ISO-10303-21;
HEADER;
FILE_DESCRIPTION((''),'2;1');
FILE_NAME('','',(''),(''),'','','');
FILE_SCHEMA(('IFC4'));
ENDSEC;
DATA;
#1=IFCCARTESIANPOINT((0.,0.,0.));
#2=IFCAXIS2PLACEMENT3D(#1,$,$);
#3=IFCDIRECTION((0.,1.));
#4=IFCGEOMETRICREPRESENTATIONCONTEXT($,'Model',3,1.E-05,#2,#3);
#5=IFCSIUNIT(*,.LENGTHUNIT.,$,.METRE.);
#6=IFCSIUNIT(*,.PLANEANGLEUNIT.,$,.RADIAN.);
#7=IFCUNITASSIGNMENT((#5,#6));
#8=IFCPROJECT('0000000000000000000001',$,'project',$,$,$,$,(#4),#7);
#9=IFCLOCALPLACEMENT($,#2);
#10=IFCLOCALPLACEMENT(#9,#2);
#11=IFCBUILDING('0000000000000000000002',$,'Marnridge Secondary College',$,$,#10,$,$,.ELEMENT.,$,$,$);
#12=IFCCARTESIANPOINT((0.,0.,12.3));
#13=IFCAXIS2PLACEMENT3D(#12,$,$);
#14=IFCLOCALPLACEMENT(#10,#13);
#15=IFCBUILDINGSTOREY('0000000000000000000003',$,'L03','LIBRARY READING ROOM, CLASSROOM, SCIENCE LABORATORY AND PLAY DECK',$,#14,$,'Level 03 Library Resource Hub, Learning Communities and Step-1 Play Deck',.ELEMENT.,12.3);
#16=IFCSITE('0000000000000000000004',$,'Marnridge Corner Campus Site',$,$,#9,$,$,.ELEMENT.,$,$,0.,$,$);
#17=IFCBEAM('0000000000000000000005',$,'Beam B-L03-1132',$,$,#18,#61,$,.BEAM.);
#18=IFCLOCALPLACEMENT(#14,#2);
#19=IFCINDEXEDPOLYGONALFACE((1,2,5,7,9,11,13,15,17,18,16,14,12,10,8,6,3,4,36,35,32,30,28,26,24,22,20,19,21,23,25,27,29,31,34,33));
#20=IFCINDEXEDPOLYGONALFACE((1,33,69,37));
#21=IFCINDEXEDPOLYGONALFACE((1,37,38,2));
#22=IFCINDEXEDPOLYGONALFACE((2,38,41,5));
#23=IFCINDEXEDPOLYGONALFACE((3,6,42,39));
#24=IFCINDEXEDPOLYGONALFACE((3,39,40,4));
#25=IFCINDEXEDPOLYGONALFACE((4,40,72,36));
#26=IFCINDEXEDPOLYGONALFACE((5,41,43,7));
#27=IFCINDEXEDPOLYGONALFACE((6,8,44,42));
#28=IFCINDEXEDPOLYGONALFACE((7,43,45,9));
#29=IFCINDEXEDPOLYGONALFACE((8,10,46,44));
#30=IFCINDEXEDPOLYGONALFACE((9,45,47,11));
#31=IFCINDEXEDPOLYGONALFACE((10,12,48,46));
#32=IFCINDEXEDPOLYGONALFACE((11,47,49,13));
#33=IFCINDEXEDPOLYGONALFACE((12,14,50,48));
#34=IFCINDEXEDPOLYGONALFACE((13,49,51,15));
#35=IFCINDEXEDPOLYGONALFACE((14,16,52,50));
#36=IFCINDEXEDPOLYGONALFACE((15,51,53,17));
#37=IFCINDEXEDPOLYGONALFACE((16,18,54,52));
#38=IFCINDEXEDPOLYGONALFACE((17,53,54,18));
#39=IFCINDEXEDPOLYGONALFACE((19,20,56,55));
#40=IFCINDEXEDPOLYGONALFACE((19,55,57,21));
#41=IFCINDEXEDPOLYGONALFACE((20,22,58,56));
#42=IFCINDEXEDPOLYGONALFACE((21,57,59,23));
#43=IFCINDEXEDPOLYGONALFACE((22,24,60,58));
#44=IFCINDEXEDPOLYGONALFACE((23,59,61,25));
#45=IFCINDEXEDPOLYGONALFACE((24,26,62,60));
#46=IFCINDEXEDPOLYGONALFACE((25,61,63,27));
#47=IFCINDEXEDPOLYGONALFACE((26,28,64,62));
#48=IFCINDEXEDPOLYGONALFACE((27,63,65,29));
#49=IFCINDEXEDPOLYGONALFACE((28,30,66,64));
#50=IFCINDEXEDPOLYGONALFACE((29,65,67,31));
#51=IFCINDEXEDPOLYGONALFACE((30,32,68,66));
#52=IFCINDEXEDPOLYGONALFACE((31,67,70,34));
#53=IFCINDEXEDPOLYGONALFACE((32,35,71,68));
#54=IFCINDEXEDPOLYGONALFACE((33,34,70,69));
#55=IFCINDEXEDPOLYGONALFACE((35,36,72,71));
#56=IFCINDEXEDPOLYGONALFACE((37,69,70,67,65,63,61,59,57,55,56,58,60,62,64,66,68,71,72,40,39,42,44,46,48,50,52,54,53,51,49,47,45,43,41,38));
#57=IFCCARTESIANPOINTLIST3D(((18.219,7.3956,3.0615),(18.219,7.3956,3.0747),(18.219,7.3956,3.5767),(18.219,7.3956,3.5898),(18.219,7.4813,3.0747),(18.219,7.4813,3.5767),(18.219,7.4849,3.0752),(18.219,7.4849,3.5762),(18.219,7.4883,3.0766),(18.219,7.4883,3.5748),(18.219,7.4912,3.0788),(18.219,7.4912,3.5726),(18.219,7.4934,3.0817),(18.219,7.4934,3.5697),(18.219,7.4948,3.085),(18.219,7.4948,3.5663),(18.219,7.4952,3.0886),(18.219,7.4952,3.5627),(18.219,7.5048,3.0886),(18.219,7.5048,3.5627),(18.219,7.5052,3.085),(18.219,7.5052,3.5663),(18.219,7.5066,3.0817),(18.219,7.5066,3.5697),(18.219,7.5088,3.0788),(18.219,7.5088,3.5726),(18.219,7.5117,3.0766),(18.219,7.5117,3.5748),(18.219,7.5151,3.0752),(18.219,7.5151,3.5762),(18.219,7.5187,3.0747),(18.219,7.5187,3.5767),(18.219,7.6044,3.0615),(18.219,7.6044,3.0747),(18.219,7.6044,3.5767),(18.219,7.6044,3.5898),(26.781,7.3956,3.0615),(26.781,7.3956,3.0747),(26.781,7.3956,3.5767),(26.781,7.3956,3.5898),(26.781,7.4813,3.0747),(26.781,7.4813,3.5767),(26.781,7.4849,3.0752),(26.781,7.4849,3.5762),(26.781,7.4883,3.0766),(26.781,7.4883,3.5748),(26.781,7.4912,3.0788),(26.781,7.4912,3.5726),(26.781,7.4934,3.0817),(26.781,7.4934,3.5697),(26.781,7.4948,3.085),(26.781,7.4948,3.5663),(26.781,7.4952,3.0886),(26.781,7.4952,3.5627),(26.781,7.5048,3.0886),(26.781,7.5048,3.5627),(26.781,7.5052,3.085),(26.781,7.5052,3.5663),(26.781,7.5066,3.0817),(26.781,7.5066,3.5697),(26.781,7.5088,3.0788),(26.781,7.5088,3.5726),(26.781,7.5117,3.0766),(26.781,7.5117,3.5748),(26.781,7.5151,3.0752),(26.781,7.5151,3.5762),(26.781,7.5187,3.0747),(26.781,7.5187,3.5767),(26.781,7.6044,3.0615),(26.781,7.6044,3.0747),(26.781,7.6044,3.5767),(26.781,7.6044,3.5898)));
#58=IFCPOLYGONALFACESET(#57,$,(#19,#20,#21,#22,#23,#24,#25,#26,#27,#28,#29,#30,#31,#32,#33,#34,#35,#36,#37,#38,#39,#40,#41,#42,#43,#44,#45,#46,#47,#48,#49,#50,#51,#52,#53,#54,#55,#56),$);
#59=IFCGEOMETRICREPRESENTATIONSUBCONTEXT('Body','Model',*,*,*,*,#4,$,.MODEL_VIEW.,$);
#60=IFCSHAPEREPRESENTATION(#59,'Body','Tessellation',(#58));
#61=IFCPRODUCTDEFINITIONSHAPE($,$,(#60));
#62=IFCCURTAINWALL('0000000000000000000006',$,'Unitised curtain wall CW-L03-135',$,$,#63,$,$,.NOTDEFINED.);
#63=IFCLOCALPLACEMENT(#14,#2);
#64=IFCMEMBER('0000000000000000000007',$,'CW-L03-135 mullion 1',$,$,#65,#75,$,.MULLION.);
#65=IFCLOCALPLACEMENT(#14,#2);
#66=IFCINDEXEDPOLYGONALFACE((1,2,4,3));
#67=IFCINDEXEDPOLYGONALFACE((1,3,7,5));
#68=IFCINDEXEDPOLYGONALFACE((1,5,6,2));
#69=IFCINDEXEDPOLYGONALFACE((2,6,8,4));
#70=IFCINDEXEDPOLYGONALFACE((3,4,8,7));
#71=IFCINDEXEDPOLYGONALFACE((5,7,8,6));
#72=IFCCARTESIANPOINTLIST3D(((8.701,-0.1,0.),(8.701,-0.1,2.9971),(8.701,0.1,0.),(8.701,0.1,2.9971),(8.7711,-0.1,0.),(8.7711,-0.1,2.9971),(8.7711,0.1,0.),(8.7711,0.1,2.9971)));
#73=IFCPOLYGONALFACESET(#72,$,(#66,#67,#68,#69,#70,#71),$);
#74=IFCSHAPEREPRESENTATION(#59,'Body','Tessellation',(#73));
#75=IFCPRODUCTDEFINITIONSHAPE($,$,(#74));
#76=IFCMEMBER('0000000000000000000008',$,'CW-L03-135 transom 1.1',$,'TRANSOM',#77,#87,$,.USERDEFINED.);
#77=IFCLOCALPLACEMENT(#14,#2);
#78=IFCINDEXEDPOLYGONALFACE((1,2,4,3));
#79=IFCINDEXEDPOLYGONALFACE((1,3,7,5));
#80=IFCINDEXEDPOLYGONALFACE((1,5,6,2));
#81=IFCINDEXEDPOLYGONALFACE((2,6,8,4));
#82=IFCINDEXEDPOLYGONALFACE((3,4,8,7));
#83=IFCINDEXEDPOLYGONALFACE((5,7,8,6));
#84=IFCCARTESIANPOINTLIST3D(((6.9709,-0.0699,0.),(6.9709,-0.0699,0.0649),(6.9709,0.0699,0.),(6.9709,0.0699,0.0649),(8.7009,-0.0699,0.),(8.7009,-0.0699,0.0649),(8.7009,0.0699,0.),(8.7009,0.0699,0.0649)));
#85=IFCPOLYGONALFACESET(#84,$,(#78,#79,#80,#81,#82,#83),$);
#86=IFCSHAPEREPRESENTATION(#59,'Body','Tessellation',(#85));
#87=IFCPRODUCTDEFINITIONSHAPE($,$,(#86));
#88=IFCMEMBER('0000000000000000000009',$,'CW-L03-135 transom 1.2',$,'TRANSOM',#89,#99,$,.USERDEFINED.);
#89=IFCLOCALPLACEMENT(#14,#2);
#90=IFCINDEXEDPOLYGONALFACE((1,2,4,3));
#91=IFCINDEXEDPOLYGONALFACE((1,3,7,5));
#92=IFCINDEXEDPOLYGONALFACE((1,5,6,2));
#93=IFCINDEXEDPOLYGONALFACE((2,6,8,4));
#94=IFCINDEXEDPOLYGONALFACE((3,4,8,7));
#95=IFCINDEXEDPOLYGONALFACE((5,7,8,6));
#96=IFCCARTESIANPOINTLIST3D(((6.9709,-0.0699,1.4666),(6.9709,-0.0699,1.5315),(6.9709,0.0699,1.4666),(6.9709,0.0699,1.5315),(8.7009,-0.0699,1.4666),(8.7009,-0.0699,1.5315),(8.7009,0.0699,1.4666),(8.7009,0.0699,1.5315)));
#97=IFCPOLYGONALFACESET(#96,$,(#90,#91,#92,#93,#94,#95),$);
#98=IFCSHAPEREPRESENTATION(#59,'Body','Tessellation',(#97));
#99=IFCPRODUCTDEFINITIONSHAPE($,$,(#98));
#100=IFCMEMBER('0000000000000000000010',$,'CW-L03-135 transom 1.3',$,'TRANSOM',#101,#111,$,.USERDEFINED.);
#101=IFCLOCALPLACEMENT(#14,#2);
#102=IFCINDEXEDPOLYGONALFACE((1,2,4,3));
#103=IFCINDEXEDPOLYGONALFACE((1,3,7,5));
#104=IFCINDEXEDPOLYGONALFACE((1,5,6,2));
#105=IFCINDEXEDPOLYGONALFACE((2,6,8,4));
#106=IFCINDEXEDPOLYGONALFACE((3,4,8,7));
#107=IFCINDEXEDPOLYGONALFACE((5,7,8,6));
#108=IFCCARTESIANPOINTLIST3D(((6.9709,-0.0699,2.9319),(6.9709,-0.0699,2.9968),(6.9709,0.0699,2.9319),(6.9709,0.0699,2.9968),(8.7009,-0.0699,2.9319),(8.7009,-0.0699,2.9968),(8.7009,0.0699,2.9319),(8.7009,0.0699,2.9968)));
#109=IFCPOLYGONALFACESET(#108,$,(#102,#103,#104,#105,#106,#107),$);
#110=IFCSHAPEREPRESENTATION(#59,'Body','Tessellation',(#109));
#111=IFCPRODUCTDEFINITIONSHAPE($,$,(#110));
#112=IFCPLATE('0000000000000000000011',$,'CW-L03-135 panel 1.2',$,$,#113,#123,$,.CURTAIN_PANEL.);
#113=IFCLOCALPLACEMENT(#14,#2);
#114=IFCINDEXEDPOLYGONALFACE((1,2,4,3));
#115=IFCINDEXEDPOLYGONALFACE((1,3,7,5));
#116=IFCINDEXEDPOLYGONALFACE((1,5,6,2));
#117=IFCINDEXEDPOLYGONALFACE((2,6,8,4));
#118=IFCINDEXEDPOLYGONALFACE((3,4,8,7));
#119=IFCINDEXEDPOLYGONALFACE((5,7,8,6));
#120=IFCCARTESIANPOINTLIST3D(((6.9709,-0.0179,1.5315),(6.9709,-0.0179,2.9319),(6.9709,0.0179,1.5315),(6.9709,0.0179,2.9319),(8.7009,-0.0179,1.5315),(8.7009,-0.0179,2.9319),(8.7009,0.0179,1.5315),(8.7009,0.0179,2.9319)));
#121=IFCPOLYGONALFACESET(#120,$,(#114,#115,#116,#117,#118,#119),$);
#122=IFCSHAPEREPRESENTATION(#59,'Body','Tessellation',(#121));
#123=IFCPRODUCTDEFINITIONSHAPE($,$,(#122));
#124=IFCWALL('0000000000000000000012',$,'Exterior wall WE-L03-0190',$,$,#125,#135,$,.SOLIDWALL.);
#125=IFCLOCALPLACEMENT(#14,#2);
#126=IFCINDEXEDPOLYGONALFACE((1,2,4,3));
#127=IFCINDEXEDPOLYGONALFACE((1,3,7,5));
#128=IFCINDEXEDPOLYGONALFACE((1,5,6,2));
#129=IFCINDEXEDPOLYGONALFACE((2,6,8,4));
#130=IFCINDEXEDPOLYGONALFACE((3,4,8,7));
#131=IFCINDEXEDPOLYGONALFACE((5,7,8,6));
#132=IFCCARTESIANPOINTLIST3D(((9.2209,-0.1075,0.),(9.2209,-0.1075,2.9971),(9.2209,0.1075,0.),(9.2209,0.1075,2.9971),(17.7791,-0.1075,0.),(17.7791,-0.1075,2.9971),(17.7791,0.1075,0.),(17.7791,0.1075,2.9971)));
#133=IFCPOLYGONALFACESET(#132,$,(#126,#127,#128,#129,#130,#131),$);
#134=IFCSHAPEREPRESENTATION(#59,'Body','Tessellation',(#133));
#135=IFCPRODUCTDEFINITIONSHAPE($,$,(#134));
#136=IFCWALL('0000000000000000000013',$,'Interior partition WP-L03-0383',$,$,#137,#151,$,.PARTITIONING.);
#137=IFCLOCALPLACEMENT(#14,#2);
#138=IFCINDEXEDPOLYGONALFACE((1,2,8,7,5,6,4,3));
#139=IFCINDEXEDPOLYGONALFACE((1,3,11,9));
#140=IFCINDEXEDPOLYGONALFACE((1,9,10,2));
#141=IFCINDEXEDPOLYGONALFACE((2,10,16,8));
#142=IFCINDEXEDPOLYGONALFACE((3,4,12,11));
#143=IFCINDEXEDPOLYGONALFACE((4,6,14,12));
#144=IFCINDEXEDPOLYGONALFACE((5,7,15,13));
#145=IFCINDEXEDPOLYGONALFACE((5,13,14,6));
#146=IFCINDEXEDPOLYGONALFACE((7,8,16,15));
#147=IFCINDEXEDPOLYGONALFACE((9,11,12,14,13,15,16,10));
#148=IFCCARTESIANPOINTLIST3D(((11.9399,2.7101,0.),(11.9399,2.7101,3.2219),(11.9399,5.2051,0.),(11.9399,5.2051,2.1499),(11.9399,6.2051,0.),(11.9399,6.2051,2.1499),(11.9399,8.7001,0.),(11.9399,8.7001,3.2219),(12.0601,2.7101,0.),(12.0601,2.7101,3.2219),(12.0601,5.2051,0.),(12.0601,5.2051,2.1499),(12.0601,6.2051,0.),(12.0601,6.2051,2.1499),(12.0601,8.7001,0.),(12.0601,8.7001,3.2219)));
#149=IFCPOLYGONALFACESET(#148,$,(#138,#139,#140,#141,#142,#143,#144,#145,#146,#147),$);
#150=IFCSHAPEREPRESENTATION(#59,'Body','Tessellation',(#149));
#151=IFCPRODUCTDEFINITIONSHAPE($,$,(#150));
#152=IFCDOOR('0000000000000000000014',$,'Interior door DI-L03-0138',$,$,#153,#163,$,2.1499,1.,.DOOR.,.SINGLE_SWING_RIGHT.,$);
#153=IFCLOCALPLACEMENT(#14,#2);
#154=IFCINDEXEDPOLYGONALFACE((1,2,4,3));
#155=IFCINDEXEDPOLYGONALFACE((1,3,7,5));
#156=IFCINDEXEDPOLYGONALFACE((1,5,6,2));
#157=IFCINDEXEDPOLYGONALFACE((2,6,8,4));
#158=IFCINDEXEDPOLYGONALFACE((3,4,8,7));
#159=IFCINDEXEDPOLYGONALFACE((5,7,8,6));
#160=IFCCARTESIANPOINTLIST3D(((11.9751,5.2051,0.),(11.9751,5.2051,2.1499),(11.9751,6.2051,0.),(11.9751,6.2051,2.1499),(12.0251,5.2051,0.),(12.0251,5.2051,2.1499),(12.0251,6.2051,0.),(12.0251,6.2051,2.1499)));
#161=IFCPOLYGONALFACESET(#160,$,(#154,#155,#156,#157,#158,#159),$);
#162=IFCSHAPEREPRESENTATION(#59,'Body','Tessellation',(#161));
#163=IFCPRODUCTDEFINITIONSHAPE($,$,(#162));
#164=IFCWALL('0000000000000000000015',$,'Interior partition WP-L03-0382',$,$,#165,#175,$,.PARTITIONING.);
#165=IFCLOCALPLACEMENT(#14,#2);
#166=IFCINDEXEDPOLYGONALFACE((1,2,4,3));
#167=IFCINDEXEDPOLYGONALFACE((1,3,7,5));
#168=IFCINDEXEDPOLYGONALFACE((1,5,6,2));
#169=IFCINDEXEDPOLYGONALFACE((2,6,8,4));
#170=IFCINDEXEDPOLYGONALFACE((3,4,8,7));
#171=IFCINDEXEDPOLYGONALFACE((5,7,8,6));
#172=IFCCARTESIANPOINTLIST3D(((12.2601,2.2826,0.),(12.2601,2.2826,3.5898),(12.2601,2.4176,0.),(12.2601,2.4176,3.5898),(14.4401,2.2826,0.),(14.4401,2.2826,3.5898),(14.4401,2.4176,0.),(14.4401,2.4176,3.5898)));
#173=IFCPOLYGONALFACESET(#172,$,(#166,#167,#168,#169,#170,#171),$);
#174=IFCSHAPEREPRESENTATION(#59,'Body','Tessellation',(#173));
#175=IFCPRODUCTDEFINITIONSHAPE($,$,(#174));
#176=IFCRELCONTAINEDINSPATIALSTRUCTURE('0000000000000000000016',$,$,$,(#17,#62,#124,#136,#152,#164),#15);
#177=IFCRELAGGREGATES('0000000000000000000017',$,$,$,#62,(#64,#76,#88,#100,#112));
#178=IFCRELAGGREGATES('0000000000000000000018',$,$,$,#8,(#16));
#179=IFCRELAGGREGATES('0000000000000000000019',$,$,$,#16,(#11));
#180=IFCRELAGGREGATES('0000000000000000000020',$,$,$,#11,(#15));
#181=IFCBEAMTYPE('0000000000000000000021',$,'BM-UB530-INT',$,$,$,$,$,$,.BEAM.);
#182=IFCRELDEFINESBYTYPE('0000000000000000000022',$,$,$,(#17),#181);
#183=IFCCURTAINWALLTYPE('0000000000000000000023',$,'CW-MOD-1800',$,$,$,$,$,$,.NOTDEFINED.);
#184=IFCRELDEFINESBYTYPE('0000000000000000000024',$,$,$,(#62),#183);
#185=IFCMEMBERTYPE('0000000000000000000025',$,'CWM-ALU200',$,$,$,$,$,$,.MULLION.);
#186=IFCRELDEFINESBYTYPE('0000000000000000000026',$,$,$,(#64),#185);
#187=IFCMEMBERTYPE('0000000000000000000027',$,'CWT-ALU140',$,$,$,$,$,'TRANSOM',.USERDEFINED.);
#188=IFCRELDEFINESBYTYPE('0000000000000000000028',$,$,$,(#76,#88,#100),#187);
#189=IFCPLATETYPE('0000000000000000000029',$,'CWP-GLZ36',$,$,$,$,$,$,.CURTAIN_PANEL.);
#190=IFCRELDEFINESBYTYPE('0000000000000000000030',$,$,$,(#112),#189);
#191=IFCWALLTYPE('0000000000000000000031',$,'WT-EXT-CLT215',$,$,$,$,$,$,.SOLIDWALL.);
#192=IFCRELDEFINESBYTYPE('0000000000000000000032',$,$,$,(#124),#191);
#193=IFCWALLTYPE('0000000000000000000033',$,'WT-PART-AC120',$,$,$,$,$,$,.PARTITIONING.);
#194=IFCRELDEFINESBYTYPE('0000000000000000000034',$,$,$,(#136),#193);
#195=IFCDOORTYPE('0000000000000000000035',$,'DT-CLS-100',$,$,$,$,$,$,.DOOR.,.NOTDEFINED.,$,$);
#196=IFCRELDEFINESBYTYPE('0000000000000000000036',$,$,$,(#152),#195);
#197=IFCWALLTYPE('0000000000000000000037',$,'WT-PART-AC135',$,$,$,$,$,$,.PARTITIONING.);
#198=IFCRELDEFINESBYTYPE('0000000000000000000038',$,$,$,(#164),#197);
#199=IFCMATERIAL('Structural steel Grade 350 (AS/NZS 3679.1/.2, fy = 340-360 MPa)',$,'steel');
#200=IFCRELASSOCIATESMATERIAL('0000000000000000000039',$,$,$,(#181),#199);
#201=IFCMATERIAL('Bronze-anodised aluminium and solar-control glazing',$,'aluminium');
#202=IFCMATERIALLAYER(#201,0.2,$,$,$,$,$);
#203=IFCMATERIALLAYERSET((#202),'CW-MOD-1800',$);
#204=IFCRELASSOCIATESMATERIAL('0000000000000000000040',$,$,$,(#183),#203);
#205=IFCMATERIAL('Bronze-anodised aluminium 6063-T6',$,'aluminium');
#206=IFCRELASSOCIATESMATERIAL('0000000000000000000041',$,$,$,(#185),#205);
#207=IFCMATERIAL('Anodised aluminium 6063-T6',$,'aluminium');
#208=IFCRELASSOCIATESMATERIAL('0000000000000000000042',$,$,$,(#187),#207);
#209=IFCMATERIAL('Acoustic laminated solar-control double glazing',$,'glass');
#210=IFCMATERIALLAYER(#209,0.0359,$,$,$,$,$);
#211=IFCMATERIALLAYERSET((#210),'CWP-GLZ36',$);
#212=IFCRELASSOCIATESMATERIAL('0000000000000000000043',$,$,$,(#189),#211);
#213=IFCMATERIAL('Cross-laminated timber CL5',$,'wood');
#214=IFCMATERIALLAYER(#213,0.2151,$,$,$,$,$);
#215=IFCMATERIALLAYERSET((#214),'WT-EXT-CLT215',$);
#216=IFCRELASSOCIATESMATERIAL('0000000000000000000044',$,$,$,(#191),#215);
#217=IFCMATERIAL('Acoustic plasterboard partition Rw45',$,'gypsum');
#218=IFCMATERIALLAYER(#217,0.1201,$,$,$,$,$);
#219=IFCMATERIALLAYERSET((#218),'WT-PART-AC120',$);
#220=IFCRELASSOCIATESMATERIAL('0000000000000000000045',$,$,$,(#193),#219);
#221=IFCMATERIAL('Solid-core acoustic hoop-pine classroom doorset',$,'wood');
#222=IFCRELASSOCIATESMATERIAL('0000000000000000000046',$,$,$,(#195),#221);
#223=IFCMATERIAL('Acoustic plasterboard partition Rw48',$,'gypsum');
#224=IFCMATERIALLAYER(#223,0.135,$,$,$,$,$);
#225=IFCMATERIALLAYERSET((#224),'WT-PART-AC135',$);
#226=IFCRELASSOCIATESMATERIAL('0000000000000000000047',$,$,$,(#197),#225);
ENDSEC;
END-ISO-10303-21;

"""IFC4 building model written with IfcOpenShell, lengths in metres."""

from ifc_helpers import new_model, si_unit, direction, frame, frame_2d, origin, origin_2d, place, context, subcontext, project, spatial, rectangle, i_section, extrude, material, layer, layer_set, material_profile, profile_set, type_object, element, fill, aggregate, save


model = new_model("IFC4")

# Units and contexts
model_context = context("Model", 3, precision=1e-05, world=origin(), true_north=direction((0.0, 1.0)))
body_context = subcontext(model_context, "Body", "Model", "MODEL_VIEW")
ifc_project = project(units=[si_unit("LENGTHUNIT", "METRE"), si_unit("PLANEANGLEUNIT", "RADIAN")], contexts=[model_context])

# Site, building, storey
site_placement = place(None, origin())
site = spatial("IfcSite", under=ifc_project, at=site_placement, Name="Marnridge Corner Campus Site", CompositionType="ELEMENT", RefElevation=0.0)
building_placement = place(site_placement, origin())
building = spatial("IfcBuilding", under=site, at=building_placement, Name="Marnridge Secondary College", CompositionType="ELEMENT")
storey_placement = place(building_placement, frame((0.0, 0.0, 12.3)))
storey = spatial("IfcBuildingStorey", under=building, at=storey_placement, Name="L03", Description="LIBRARY READING ROOM, CLASSROOM, SCIENCE LABORATORY AND PLAY DECK", LongName="Level 03 Library Resource Hub, Learning Communities and Step-1 Play Deck", CompositionType="ELEMENT", Elevation=12.3)

# Beam
ifc_material_1 = material(Name="Structural steel Grade 350 (AS/NZS 3679.1/.2, fy = 340-360 MPa)", Category="steel")
ifc_material_profile_1 = material_profile(ifc_material_1, i_section(OverallWidth=0.2087, OverallDepth=0.5283, WebThickness=0.0095, FlangeThickness=0.0132, FilletRadius=0.0139, at=origin_2d()), Name="530UB82.0")
ifc_profile_set_1 = profile_set([ifc_material_profile_1], Name="Structural steel Grade 350 (AS/NZS 3679.1/.2, fy = 340-360 MPa)")
beam_type_1 = type_object("IfcBeamType", Name="BM-UB530-INT", PredefinedType="BEAM", material=ifc_profile_set_1)
beam_1_placement = place(storey_placement, frame((18.219, 7.5, 3.3257), z_axis=(1.0, 0.0, 0.0), x_axis=(0.0, 1.0, 0.0)))
element("IfcBeam", 1, at=beam_1_placement, inside=storey, type_object=beam_type_1, Name="Beam B-L03-1132", PredefinedType="BEAM", context=body_context, shape_type="SweptSolid", body=[
    extrude(i_section(OverallWidth=0.2087, OverallDepth=0.5283, WebThickness=0.0095, FlangeThickness=0.0132, FilletRadius=0.0139, at=origin_2d()), origin(), (0.0, 0.0, 1.0), 8.562),
])

# Curtain wall, members, plate
ifc_material_2 = material(Name="Bronze-anodised aluminium and solar-control glazing", Category="aluminium")
ifc_layer_1 = layer(ifc_material_2, 0.2)
ifc_layer_set_1 = layer_set([ifc_layer_1], Name="CW-MOD-1800")
curtain_wall_type = type_object("IfcCurtainWallType", Name="CW-MOD-1800", PredefinedType="NOTDEFINED", material=ifc_layer_set_1)
curtain_wall_placement = place(storey_placement, origin())
curtain_wall = element("IfcCurtainWall", 2, at=curtain_wall_placement, inside=storey, type_object=curtain_wall_type, Name="Unitised curtain wall CW-L03-135", PredefinedType="NOTDEFINED")
ifc_material_3 = material(Name="Bronze-anodised aluminium 6063-T6", Category="aluminium")
ifc_material_profile_2 = material_profile(ifc_material_3, rectangle(XDim=0.0701, YDim=0.2, at=origin_2d()), Name="ALU 70x200")
ifc_profile_set_2 = profile_set([ifc_material_profile_2], Name="Bronze-anodised aluminium 6063-T6")
member_type_1 = type_object("IfcMemberType", Name="CWM-ALU200", PredefinedType="MULLION", material=ifc_profile_set_2)
member_1_placement = place(storey_placement, frame((8.7361, 0.0, 0.0), z_axis=(0.0, 0.0, 1.0), x_axis=(-1.0, 0.0, 0.0)))
member_1 = element("IfcMember", 3, at=member_1_placement, type_object=member_type_1, Name="CW-L03-135 mullion 1", PredefinedType="MULLION", context=body_context, shape_type="SweptSolid", body=[
    extrude(rectangle(XDim=0.0701, YDim=0.2, at=origin_2d()), origin(), (0.0, 0.0, 1.0), 2.9971),
])
ifc_material_4 = material(Name="Anodised aluminium 6063-T6", Category="aluminium")
ifc_material_profile_3 = material_profile(ifc_material_4, rectangle(XDim=0.0649, YDim=0.1399, at=origin_2d()), Name="ALU 65x140")
ifc_profile_set_3 = profile_set([ifc_material_profile_3], Name="Anodised aluminium 6063-T6")
member_type_2 = type_object("IfcMemberType", Name="CWT-ALU140", ElementType="TRANSOM", PredefinedType="USERDEFINED", material=ifc_profile_set_3)
member_2_placement = place(storey_placement, frame((8.7009, 0.0, 0.0325), z_axis=(-1.0, 0.0, 0.0), x_axis=(0.0, 0.0, 1.0)))
member_2 = element("IfcMember", 4, at=member_2_placement, type_object=member_type_2, Name="CW-L03-135 transom 1.1", ObjectType="TRANSOM", PredefinedType="USERDEFINED", context=body_context, shape_type="SweptSolid", body=[
    extrude(rectangle(XDim=0.0649, YDim=0.1399, at=origin_2d()), origin(), (0.0, 0.0, 1.0), 1.73),
])
member_3_placement = place(storey_placement, frame((8.7009, 0.0, 1.499), z_axis=(-1.0, 0.0, 0.0), x_axis=(0.0, 0.0, 1.0)))
member_3 = element("IfcMember", 5, at=member_3_placement, type_object=member_type_2, Name="CW-L03-135 transom 1.2", ObjectType="TRANSOM", PredefinedType="USERDEFINED", context=body_context, shape_type="SweptSolid", body=[
    extrude(rectangle(XDim=0.0649, YDim=0.1399, at=origin_2d()), origin(), (0.0, 0.0, 1.0), 1.73),
])
member_4_placement = place(storey_placement, frame((8.7009, 0.0, 2.9644), z_axis=(-1.0, 0.0, 0.0), x_axis=(0.0, 0.0, 1.0)))
member_4 = element("IfcMember", 6, at=member_4_placement, type_object=member_type_2, Name="CW-L03-135 transom 1.3", ObjectType="TRANSOM", PredefinedType="USERDEFINED", context=body_context, shape_type="SweptSolid", body=[
    extrude(rectangle(XDim=0.0649, YDim=0.1399, at=origin_2d()), origin(), (0.0, 0.0, 1.0), 1.73),
])
ifc_material_5 = material(Name="Acoustic laminated solar-control double glazing", Category="glass")
ifc_layer_2 = layer(ifc_material_5, 0.0359)
ifc_layer_set_2 = layer_set([ifc_layer_2], Name="CWP-GLZ36")
plate_type = type_object("IfcPlateType", Name="CWP-GLZ36", PredefinedType="CURTAIN_PANEL", material=ifc_layer_set_2)
plate_placement = place(storey_placement, frame((7.8359, 0.0, 1.5315), z_axis=(0.0, 0.0, 1.0), x_axis=(-1.0, 0.0, 0.0)))
plate = element("IfcPlate", 7, at=plate_placement, type_object=plate_type, Name="CW-L03-135 panel 1.2", PredefinedType="CURTAIN_PANEL", context=body_context, shape_type="SweptSolid", body=[
    extrude(rectangle(XDim=1.73, YDim=0.0359, at=origin_2d()), origin(), (0.0, 0.0, 1.0), 1.4004),
])
aggregate(curtain_wall, [member_1, member_2, member_3, member_4, plate])

# Wall
ifc_material_6 = material(Name="Cross-laminated timber CL5", Category="wood")
ifc_layer_3 = layer(ifc_material_6, 0.2151)
ifc_layer_set_3 = layer_set([ifc_layer_3], Name="WT-EXT-CLT215")
wall_type_1 = type_object("IfcWallType", Name="WT-EXT-CLT215", PredefinedType="SOLIDWALL", material=ifc_layer_set_3)
wall_1_placement = place(storey_placement, frame((17.7791, 0.0, 0.0), z_axis=(0.0, 0.0, 1.0), x_axis=(-1.0, 0.0, 0.0)))
element("IfcWall", 8, at=wall_1_placement, inside=storey, type_object=wall_type_1, Name="Exterior wall WE-L03-0190", PredefinedType="SOLIDWALL", context=body_context, shape_type="SweptSolid", body=[
    extrude(rectangle(XDim=8.5581, YDim=0.2151, at=frame_2d((4.2791, 0.0))), origin(), (0.0, 0.0, 1.0), 2.9971),
])

# Wall, opening, door
ifc_material_7 = material(Name="Acoustic plasterboard partition Rw45", Category="gypsum")
ifc_layer_4 = layer(ifc_material_7, 0.1201)
ifc_layer_set_4 = layer_set([ifc_layer_4], Name="WT-PART-AC120")
wall_type_2 = type_object("IfcWallType", Name="WT-PART-AC120", PredefinedType="PARTITIONING", material=ifc_layer_set_4)
wall_2_placement = place(storey_placement, frame((12.0, 2.71, 0.0), z_axis=(0.0, 0.0, 1.0), x_axis=(0.0, 1.0, 0.0)))
wall_2 = element("IfcWall", 9, at=wall_2_placement, inside=storey, type_object=wall_type_2, Name="Interior partition WP-L03-0383", PredefinedType="PARTITIONING", context=body_context, shape_type="SweptSolid", body=[
    extrude(rectangle(XDim=5.99, YDim=0.1201, at=frame_2d((2.9951, 0.0))), origin(), (0.0, 0.0, 1.0), 3.2219),
])
opening_1_placement = place(wall_2_placement, frame((2.4951, 0.0, 0.0)))
opening_1 = element("IfcOpeningElement", 10, at=opening_1_placement, cuts=wall_2, PredefinedType="OPENING", context=body_context, shape_type="SweptSolid", body=[
    extrude(rectangle(XDim=1.0, YDim=2.1499, at=frame_2d((0.5, 1.075))), frame((0.0, 0.0701, 0.0), z_axis=(0.0, -1.0, 0.0), x_axis=(1.0, 0.0, 0.0)), (0.0, 0.0, 1.0), 0.1401),
])
ifc_material_8 = material(Name="Solid-core acoustic hoop-pine classroom doorset", Category="wood")
door_type_1 = type_object("IfcDoorType", Name="DT-CLS-100", OperationType="NOTDEFINED", PredefinedType="DOOR", material=ifc_material_8)
door_1_placement = place(opening_1_placement, origin())
door_1 = element("IfcDoor", 11, at=door_1_placement, inside=storey, type_object=door_type_1, Name="Interior door DI-L03-0138", OperationType="SINGLE_SWING_RIGHT", OverallHeight=2.1499, OverallWidth=1.0, PredefinedType="DOOR", context=body_context, shape_type="SweptSolid", body=[
    extrude(rectangle(XDim=1.0, YDim=2.1499, at=frame_2d((0.5, 1.075))), frame((0.0, 0.0249, 0.0), z_axis=(0.0, -1.0, 0.0), x_axis=(1.0, 0.0, 0.0)), (0.0, 0.0, 1.0), 0.05),
])
fill(opening_1, door_1)

# Wall
ifc_material_9 = material(Name="Acoustic plasterboard partition Rw48", Category="gypsum")
ifc_layer_5 = layer(ifc_material_9, 0.135)
ifc_layer_set_5 = layer_set([ifc_layer_5], Name="WT-PART-AC135")
wall_type_3 = type_object("IfcWallType", Name="WT-PART-AC135", PredefinedType="PARTITIONING", material=ifc_layer_set_5)
wall_3_placement = place(storey_placement, frame((14.4399, 2.3501, 0.0), z_axis=(0.0, 0.0, 1.0), x_axis=(-1.0, 0.0, 0.0)))
element("IfcWall", 12, at=wall_3_placement, inside=storey, type_object=wall_type_3, Name="Interior partition WP-L03-0382", PredefinedType="PARTITIONING", context=body_context, shape_type="SweptSolid", body=[
    extrude(rectangle(XDim=2.1799, YDim=0.135, at=frame_2d((1.0898, 0.0))), origin(), (0.0, 0.0, 1.0), 3.5898),
])

save(model, "model.ifc")
